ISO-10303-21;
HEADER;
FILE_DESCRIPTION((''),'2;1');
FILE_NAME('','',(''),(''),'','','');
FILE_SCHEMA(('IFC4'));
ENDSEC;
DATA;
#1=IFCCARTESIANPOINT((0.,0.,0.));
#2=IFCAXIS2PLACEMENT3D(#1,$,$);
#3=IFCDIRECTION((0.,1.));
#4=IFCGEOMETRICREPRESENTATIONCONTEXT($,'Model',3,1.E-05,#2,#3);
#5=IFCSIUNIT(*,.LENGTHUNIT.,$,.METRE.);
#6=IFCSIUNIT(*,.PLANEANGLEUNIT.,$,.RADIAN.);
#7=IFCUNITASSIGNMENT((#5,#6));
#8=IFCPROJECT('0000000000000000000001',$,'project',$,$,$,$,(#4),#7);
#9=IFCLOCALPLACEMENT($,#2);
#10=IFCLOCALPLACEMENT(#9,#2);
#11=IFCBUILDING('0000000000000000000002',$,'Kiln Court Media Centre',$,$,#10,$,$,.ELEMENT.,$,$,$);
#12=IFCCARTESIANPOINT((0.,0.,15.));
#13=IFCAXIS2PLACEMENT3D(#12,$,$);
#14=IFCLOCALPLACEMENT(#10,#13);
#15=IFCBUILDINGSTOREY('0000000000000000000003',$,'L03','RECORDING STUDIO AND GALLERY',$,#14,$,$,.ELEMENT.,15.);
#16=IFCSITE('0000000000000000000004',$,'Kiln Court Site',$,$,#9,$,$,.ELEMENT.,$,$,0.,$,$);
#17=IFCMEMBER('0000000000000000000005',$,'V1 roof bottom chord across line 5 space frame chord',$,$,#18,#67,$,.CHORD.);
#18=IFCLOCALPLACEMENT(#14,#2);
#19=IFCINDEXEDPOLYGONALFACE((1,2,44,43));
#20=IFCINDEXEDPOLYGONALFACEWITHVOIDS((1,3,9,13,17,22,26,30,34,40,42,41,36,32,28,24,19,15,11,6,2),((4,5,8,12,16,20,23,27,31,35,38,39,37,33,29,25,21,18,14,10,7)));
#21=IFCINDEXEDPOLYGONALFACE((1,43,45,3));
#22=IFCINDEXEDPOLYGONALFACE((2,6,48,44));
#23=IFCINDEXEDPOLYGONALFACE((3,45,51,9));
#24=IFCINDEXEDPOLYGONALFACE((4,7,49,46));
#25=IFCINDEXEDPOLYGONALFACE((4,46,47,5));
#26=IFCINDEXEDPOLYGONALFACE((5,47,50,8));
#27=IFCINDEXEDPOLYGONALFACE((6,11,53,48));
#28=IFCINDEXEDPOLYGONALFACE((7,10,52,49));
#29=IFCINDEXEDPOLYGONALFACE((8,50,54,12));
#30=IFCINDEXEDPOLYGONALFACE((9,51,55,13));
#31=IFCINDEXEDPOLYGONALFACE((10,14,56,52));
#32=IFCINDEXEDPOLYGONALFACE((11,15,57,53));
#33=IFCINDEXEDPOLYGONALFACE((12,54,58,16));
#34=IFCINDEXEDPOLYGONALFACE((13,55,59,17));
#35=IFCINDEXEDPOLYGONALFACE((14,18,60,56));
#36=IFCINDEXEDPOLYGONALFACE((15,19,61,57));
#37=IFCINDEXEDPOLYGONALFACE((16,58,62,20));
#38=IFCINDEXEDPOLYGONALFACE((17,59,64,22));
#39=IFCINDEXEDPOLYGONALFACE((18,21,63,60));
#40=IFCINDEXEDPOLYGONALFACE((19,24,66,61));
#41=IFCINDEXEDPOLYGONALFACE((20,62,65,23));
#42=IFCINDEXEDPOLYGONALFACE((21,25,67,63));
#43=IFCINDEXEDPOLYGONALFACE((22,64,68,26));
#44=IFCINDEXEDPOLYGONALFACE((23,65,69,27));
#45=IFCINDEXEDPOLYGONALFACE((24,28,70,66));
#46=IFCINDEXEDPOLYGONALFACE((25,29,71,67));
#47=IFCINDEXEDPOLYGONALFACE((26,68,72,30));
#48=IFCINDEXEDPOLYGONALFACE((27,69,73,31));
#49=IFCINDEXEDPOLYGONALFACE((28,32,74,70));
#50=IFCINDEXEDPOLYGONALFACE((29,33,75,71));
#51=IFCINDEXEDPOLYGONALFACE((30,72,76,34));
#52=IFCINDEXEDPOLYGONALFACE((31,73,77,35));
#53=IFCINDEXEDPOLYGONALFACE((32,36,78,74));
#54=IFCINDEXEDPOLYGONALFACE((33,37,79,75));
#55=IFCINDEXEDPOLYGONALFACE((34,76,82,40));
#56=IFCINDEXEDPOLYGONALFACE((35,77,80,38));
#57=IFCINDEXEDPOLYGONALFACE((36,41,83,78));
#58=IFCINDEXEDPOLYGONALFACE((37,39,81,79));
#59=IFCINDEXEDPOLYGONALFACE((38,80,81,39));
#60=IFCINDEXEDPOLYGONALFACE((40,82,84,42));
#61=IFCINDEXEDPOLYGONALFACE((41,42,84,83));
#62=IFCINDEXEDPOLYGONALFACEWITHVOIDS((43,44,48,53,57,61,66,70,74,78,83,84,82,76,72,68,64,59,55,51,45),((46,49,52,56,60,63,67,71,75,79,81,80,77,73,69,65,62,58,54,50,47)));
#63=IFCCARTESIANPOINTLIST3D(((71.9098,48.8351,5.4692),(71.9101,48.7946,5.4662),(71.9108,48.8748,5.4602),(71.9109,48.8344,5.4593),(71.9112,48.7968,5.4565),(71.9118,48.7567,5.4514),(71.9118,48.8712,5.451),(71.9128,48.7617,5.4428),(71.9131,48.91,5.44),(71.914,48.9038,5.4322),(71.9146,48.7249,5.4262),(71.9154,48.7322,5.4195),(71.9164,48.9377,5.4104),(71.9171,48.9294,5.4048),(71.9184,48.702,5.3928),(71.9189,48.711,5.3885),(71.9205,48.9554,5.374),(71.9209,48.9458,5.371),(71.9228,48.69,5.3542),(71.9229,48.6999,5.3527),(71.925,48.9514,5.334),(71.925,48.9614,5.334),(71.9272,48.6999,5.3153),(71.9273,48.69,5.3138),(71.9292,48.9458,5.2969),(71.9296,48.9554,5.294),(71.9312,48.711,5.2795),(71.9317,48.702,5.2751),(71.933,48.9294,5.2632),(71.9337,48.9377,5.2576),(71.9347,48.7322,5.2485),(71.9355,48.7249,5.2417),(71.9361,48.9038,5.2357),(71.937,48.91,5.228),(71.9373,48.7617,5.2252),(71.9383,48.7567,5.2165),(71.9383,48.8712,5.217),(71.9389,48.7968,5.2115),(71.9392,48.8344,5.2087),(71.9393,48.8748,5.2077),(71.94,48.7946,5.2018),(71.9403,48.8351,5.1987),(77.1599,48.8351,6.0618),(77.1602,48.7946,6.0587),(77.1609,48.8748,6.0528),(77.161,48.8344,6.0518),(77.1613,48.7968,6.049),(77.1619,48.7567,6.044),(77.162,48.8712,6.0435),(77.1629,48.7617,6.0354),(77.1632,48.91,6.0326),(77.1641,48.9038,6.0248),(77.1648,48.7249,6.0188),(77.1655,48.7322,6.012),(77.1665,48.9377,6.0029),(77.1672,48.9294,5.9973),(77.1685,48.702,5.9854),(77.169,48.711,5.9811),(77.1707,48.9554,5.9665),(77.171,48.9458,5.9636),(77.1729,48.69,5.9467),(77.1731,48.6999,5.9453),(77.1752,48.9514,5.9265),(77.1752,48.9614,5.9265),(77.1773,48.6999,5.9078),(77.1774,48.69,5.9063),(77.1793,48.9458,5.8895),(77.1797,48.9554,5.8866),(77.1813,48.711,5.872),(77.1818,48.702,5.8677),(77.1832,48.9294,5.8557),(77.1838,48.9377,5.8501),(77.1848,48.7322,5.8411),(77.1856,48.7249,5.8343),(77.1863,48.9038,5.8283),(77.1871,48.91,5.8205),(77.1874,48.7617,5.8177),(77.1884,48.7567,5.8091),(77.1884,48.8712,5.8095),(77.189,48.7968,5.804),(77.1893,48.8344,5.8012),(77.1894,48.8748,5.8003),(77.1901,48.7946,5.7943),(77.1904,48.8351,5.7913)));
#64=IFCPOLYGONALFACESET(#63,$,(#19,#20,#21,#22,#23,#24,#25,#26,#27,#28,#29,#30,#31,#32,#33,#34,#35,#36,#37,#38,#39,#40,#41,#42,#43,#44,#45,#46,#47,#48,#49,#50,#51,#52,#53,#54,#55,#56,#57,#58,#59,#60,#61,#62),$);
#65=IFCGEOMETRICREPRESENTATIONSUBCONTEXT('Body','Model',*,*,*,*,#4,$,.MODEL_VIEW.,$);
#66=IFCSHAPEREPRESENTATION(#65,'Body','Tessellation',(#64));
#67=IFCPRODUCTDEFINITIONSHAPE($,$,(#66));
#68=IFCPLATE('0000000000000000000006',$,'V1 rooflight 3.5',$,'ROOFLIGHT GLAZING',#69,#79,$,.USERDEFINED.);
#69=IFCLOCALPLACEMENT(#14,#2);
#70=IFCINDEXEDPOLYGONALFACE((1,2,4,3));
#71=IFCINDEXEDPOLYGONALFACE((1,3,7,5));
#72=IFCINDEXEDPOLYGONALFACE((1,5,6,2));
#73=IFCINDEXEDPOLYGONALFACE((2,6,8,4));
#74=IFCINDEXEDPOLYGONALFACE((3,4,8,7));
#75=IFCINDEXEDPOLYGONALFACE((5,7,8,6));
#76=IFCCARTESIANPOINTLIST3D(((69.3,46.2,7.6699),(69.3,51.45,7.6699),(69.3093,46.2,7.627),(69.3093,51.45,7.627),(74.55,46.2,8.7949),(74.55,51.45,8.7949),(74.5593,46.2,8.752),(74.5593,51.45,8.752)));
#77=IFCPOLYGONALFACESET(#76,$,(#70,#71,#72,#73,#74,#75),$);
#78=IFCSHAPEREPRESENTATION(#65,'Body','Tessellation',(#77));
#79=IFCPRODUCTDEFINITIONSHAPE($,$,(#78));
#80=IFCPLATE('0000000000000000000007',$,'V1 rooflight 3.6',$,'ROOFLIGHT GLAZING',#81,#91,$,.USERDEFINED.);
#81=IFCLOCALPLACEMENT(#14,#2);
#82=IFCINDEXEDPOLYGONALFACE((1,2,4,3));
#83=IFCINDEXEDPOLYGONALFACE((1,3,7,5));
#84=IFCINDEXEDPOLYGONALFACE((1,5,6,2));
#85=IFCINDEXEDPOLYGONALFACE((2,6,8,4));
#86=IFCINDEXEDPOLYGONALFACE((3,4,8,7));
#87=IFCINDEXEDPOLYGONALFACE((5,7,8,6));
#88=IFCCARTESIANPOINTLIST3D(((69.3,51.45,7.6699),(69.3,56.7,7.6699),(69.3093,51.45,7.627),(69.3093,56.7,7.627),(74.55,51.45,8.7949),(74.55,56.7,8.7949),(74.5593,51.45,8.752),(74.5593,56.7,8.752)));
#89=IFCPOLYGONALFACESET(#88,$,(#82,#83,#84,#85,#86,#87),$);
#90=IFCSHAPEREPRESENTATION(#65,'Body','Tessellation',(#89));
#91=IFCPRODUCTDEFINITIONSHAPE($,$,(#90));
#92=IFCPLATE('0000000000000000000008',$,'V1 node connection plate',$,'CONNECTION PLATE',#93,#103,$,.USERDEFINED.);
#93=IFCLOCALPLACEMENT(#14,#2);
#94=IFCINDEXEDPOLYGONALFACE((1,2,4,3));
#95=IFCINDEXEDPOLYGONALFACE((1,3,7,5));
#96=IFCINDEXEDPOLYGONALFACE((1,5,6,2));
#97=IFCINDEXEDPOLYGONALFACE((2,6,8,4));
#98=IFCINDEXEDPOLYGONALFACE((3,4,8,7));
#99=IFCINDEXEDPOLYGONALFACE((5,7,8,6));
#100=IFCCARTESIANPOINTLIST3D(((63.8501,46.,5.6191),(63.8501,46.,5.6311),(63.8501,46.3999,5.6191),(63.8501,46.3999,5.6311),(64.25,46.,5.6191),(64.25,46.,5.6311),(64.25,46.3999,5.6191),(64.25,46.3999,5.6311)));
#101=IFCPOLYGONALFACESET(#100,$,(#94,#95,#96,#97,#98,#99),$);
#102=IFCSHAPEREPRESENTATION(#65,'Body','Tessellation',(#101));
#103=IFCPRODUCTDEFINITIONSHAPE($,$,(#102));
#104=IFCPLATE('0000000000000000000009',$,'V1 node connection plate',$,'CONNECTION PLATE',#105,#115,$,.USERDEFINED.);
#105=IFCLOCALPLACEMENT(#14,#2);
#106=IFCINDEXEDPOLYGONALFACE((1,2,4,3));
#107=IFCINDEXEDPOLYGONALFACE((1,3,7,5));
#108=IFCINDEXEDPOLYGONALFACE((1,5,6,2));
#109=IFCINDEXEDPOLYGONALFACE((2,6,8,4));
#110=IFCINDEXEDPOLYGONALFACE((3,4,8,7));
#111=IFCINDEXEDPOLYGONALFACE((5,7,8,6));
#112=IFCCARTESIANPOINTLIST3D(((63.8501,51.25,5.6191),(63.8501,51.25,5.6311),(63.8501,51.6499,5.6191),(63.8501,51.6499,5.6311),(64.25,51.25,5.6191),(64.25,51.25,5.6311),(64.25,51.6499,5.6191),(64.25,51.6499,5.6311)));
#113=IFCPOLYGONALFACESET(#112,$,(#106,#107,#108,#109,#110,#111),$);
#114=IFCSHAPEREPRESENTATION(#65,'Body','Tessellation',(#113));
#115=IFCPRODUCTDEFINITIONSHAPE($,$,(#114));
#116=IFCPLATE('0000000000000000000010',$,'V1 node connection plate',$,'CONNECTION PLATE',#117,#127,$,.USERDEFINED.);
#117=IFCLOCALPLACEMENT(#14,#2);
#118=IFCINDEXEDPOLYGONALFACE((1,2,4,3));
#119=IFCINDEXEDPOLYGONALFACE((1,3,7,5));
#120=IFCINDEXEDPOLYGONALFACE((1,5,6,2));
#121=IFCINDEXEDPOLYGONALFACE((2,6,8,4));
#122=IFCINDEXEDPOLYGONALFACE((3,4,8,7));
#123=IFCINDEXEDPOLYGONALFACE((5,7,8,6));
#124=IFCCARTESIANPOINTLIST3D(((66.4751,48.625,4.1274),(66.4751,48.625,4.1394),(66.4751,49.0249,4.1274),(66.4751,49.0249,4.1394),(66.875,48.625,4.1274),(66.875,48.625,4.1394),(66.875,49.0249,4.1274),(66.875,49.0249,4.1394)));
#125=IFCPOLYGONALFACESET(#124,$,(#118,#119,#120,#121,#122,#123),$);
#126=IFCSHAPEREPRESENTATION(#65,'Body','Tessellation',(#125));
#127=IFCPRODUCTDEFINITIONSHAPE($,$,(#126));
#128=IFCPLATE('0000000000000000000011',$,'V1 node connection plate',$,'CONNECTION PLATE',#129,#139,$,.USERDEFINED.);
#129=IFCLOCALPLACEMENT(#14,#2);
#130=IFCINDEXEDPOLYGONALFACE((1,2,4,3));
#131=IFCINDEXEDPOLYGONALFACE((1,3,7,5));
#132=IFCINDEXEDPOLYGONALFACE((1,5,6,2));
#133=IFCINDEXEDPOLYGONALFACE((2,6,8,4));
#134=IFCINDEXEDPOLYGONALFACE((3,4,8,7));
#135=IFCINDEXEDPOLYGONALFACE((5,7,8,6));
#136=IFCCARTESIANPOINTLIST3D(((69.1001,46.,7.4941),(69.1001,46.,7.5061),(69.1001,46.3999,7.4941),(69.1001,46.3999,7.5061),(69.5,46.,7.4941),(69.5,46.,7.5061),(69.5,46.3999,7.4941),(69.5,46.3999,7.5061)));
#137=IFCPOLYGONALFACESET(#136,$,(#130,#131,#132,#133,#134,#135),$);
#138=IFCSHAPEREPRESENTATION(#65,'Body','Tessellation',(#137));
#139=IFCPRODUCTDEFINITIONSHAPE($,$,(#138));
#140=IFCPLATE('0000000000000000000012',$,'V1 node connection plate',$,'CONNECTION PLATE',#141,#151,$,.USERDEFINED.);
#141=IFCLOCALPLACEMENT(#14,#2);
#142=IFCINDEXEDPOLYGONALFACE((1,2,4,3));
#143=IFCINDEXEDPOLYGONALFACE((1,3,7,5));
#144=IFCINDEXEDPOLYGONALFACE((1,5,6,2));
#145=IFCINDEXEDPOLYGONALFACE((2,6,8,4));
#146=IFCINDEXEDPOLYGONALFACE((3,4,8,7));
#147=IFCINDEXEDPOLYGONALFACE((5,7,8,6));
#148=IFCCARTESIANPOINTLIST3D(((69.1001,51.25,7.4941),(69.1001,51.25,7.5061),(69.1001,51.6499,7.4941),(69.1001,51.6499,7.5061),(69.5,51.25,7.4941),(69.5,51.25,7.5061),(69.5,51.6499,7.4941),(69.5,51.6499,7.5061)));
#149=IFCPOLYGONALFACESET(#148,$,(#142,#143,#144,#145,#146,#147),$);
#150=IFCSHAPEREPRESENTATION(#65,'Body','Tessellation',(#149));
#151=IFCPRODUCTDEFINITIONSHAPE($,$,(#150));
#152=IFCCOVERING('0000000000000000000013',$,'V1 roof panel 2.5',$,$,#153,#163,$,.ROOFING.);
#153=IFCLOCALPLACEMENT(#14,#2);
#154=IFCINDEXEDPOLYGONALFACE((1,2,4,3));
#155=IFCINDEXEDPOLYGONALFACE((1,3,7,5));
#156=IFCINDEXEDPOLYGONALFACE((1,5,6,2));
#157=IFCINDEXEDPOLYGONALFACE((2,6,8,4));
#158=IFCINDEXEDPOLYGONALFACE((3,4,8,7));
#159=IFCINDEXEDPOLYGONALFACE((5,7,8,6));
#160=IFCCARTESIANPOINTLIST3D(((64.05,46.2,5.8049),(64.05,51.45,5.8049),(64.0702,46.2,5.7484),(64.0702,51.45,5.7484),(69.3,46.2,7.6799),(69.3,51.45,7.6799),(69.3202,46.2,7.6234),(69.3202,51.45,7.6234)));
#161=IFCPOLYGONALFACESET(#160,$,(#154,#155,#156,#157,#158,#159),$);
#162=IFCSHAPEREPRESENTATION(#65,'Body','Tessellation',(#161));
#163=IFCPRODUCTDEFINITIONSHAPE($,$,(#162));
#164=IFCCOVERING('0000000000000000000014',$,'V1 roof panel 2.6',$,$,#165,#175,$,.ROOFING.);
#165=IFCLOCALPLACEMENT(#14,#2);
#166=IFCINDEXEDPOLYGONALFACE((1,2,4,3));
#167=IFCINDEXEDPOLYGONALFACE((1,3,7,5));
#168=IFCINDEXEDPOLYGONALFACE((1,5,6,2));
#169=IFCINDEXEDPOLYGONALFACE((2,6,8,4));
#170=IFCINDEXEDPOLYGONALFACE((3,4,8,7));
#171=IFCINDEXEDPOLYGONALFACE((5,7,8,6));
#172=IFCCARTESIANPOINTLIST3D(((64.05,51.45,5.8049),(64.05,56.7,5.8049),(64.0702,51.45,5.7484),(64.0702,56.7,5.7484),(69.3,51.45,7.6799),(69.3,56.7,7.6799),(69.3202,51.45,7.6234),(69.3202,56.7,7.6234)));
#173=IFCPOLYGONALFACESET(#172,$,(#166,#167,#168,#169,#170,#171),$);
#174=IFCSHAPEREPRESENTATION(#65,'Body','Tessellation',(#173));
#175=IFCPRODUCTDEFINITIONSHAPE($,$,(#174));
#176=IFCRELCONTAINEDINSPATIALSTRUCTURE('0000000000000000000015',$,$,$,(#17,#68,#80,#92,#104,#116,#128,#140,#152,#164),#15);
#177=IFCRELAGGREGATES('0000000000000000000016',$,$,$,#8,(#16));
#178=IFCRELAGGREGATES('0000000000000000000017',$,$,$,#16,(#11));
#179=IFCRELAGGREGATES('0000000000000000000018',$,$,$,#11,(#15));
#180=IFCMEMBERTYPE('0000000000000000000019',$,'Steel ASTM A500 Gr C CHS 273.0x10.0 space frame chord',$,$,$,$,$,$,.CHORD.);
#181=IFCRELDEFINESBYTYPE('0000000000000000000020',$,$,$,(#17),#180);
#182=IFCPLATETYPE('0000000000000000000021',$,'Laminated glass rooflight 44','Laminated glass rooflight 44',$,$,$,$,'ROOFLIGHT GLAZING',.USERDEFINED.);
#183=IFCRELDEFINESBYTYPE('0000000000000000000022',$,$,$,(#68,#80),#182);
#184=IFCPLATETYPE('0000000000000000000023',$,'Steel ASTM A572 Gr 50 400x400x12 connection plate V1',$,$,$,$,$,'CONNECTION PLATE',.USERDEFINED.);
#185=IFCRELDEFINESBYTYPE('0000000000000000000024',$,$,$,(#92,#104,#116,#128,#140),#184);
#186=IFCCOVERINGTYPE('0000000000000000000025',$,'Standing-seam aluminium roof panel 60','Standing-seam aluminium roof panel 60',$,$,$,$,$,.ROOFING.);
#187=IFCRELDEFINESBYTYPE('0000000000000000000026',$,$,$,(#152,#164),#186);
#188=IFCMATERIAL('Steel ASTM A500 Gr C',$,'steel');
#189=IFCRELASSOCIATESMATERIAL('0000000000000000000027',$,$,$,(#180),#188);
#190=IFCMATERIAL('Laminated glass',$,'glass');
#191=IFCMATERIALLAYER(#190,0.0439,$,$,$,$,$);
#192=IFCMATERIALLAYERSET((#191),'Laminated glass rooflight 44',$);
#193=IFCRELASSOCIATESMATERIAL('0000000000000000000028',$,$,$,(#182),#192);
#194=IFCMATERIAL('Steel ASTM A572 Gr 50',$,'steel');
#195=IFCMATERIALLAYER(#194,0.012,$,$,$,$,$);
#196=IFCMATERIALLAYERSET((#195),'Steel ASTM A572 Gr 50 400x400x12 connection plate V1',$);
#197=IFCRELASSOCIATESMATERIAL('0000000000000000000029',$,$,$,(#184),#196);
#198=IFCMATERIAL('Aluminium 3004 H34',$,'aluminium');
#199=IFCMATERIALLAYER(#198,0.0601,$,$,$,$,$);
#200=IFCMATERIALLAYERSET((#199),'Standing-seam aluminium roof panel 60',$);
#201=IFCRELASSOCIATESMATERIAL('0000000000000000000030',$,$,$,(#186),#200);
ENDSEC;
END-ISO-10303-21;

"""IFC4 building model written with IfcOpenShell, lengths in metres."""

from ifc_helpers import new_model, si_unit, direction, frame, origin, origin_2d, place, context, subcontext, project, spatial, polyline, rectangle, hollow_circle, outline, extrude, material, layer, layer_set, material_profile, profile_set, type_object, element, save


model = new_model("IFC4")

# Units and contexts
model_context = context("Model", 3, precision=1e-05, world=origin(), true_north=direction((0.0, 1.0)))
body_context = subcontext(model_context, "Body", "Model", "MODEL_VIEW")
ifc_project = project(units=[si_unit("LENGTHUNIT", "METRE"), si_unit("PLANEANGLEUNIT", "RADIAN")], contexts=[model_context])

# Site, building, storey
site_placement = place(None, origin())
site = spatial("IfcSite", under=ifc_project, at=site_placement, Name="Kiln Court Site", CompositionType="ELEMENT", RefElevation=0.0)
building_placement = place(site_placement, origin())
building = spatial("IfcBuilding", under=site, at=building_placement, Name="Kiln Court Media Centre", CompositionType="ELEMENT")
storey_placement = place(building_placement, frame((0.0, 0.0, 15.0)))
storey = spatial("IfcBuildingStorey", under=building, at=storey_placement, Name="L03", Description="RECORDING STUDIO AND GALLERY", CompositionType="ELEMENT", Elevation=15.0)

# Member
ifc_material_1 = material(Name="Steel ASTM A500 Gr C", Category="steel")
ifc_material_profile_1 = material_profile(ifc_material_1, hollow_circle(Radius=0.1365, WallThickness=0.01, at=origin_2d()), Name="CHS 273.0x10.0")
ifc_profile_set_1 = profile_set([ifc_material_profile_1], Name="Steel ASTM A500 Gr C")
member_type_1 = type_object("IfcMemberType", Name="Steel ASTM A500 Gr C CHS 273.0x10.0 space frame chord", PredefinedType="CHORD", material=ifc_profile_set_1)
member_1_placement = place(storey_placement, frame((71.925, 48.825, 5.334), z_axis=(0.993691, 0.0, 0.112151), x_axis=(0.0, 1.0, 0.0)))
element("IfcMember", 1, at=member_1_placement, inside=storey, type_object=member_type_1, Name="V1 roof bottom chord across line 5 space frame chord", PredefinedType="CHORD", context=body_context, shape_type="SweptSolid", body=[
    extrude(hollow_circle(Radius=0.1365, WallThickness=0.01, at=origin_2d()), origin(), (0.0, 0.0, 1.0), 5.2834),
])

# Plates
ifc_material_2 = material(Name="Laminated glass", Category="glass")
ifc_layer_1 = layer(ifc_material_2, 0.0439)
ifc_layer_set_1 = layer_set([ifc_layer_1], Name="Laminated glass rooflight 44")
plate_type_1 = type_object("IfcPlateType", Name="Laminated glass rooflight 44", Description="Laminated glass rooflight 44", ElementType="ROOFLIGHT GLAZING", PredefinedType="USERDEFINED", material=ifc_layer_set_1)
for number, where, z_axis, x_axis, name in (
    (2, (69.3, 46.2, 7.6699), (-0.209529, 0.0, 0.977802), (0.977802, 0.0, 0.209529), "V1 rooflight 3.5"),
    (3, (69.3, 51.45, 7.6699), (-0.209529, 0.0, 0.977802), (0.977802, 0.0, 0.209529), "V1 rooflight 3.6"),
):
    element("IfcPlate", number, at=place(storey_placement, frame(where, z_axis=z_axis, x_axis=x_axis)), inside=storey, type_object=plate_type_1, Name=name, ObjectType="ROOFLIGHT GLAZING", PredefinedType="USERDEFINED", context=body_context, shape_type="SweptSolid", body=[
        extrude(outline(polyline([(0.0, 0.0), (5.3692, 0.0), (5.3692, 5.25), (0.0, 5.25), (0.0, 0.0)])), origin(), (0.0, 0.0, -1.0), 0.0439),
    ])
ifc_material_3 = material(Name="Steel ASTM A572 Gr 50", Category="steel")
ifc_layer_2 = layer(ifc_material_3, 0.012)
ifc_layer_set_2 = layer_set([ifc_layer_2], Name="Steel ASTM A572 Gr 50 400x400x12 connection plate V1")
plate_type_2 = type_object("IfcPlateType", Name="Steel ASTM A572 Gr 50 400x400x12 connection plate V1", ElementType="CONNECTION PLATE", PredefinedType="USERDEFINED", material=ifc_layer_set_2)
for number, where, z_axis, x_axis, name in (
    (4, (64.05, 46.2, 5.6191), (0.0, 0.0, 1.0), (1.0, 0.0, 0.0), "V1 node connection plate"),
    (5, (64.05, 51.45, 5.6191), (0.0, 0.0, 1.0), (1.0, 0.0, 0.0), "V1 node connection plate"),
    (6, (66.675, 48.825, 4.1274), (0.0, 0.0, 1.0), (1.0, 0.0, 0.0), "V1 node connection plate"),
    (7, (69.3, 46.2, 7.4941), (0.0, 0.0, 1.0), (1.0, 0.0, 0.0), "V1 node connection plate"),
    (8, (69.3, 51.45, 7.4941), (0.0, 0.0, 1.0), (1.0, 0.0, 0.0), "V1 node connection plate"),
):
    element("IfcPlate", number, at=place(storey_placement, frame(where, z_axis=z_axis, x_axis=x_axis)), inside=storey, type_object=plate_type_2, Name=name, ObjectType="CONNECTION PLATE", PredefinedType="USERDEFINED", context=body_context, shape_type="SweptSolid", body=[
        extrude(rectangle(XDim=0.3999, YDim=0.3999, at=origin_2d()), origin(), (0.0, 0.0, 1.0), 0.012),
    ])

# Coverings
ifc_material_4 = material(Name="Aluminium 3004 H34", Category="aluminium")
ifc_layer_3 = layer(ifc_material_4, 0.0601)
ifc_layer_set_3 = layer_set([ifc_layer_3], Name="Standing-seam aluminium roof panel 60")
covering_type = type_object("IfcCoveringType", Name="Standing-seam aluminium roof panel 60", Description="Standing-seam aluminium roof panel 60", PredefinedType="ROOFING", material=ifc_layer_set_3)
for number, where, z_axis, x_axis, name in (
    (9, (64.05, 46.2, 5.8049), (-0.336336, 0.0, 0.941742), (0.941742, 0.0, 0.336336), "V1 roof panel 2.5"),
    (10, (64.05, 51.45, 5.8049), (-0.336336, 0.0, 0.941742), (0.941742, 0.0, 0.336336), "V1 roof panel 2.6"),
):
    element("IfcCovering", number, at=place(storey_placement, frame(where, z_axis=z_axis, x_axis=x_axis)), inside=storey, type_object=covering_type, Name=name, PredefinedType="ROOFING", context=body_context, shape_type="SweptSolid", body=[
        extrude(outline(polyline([(0.0, 0.0), (5.5748, 0.0), (5.5748, 5.25), (0.0, 5.25), (0.0, 0.0)])), origin(), (0.0, 0.0, -1.0), 0.0601),
    ])

save(model, "model.ifc")
